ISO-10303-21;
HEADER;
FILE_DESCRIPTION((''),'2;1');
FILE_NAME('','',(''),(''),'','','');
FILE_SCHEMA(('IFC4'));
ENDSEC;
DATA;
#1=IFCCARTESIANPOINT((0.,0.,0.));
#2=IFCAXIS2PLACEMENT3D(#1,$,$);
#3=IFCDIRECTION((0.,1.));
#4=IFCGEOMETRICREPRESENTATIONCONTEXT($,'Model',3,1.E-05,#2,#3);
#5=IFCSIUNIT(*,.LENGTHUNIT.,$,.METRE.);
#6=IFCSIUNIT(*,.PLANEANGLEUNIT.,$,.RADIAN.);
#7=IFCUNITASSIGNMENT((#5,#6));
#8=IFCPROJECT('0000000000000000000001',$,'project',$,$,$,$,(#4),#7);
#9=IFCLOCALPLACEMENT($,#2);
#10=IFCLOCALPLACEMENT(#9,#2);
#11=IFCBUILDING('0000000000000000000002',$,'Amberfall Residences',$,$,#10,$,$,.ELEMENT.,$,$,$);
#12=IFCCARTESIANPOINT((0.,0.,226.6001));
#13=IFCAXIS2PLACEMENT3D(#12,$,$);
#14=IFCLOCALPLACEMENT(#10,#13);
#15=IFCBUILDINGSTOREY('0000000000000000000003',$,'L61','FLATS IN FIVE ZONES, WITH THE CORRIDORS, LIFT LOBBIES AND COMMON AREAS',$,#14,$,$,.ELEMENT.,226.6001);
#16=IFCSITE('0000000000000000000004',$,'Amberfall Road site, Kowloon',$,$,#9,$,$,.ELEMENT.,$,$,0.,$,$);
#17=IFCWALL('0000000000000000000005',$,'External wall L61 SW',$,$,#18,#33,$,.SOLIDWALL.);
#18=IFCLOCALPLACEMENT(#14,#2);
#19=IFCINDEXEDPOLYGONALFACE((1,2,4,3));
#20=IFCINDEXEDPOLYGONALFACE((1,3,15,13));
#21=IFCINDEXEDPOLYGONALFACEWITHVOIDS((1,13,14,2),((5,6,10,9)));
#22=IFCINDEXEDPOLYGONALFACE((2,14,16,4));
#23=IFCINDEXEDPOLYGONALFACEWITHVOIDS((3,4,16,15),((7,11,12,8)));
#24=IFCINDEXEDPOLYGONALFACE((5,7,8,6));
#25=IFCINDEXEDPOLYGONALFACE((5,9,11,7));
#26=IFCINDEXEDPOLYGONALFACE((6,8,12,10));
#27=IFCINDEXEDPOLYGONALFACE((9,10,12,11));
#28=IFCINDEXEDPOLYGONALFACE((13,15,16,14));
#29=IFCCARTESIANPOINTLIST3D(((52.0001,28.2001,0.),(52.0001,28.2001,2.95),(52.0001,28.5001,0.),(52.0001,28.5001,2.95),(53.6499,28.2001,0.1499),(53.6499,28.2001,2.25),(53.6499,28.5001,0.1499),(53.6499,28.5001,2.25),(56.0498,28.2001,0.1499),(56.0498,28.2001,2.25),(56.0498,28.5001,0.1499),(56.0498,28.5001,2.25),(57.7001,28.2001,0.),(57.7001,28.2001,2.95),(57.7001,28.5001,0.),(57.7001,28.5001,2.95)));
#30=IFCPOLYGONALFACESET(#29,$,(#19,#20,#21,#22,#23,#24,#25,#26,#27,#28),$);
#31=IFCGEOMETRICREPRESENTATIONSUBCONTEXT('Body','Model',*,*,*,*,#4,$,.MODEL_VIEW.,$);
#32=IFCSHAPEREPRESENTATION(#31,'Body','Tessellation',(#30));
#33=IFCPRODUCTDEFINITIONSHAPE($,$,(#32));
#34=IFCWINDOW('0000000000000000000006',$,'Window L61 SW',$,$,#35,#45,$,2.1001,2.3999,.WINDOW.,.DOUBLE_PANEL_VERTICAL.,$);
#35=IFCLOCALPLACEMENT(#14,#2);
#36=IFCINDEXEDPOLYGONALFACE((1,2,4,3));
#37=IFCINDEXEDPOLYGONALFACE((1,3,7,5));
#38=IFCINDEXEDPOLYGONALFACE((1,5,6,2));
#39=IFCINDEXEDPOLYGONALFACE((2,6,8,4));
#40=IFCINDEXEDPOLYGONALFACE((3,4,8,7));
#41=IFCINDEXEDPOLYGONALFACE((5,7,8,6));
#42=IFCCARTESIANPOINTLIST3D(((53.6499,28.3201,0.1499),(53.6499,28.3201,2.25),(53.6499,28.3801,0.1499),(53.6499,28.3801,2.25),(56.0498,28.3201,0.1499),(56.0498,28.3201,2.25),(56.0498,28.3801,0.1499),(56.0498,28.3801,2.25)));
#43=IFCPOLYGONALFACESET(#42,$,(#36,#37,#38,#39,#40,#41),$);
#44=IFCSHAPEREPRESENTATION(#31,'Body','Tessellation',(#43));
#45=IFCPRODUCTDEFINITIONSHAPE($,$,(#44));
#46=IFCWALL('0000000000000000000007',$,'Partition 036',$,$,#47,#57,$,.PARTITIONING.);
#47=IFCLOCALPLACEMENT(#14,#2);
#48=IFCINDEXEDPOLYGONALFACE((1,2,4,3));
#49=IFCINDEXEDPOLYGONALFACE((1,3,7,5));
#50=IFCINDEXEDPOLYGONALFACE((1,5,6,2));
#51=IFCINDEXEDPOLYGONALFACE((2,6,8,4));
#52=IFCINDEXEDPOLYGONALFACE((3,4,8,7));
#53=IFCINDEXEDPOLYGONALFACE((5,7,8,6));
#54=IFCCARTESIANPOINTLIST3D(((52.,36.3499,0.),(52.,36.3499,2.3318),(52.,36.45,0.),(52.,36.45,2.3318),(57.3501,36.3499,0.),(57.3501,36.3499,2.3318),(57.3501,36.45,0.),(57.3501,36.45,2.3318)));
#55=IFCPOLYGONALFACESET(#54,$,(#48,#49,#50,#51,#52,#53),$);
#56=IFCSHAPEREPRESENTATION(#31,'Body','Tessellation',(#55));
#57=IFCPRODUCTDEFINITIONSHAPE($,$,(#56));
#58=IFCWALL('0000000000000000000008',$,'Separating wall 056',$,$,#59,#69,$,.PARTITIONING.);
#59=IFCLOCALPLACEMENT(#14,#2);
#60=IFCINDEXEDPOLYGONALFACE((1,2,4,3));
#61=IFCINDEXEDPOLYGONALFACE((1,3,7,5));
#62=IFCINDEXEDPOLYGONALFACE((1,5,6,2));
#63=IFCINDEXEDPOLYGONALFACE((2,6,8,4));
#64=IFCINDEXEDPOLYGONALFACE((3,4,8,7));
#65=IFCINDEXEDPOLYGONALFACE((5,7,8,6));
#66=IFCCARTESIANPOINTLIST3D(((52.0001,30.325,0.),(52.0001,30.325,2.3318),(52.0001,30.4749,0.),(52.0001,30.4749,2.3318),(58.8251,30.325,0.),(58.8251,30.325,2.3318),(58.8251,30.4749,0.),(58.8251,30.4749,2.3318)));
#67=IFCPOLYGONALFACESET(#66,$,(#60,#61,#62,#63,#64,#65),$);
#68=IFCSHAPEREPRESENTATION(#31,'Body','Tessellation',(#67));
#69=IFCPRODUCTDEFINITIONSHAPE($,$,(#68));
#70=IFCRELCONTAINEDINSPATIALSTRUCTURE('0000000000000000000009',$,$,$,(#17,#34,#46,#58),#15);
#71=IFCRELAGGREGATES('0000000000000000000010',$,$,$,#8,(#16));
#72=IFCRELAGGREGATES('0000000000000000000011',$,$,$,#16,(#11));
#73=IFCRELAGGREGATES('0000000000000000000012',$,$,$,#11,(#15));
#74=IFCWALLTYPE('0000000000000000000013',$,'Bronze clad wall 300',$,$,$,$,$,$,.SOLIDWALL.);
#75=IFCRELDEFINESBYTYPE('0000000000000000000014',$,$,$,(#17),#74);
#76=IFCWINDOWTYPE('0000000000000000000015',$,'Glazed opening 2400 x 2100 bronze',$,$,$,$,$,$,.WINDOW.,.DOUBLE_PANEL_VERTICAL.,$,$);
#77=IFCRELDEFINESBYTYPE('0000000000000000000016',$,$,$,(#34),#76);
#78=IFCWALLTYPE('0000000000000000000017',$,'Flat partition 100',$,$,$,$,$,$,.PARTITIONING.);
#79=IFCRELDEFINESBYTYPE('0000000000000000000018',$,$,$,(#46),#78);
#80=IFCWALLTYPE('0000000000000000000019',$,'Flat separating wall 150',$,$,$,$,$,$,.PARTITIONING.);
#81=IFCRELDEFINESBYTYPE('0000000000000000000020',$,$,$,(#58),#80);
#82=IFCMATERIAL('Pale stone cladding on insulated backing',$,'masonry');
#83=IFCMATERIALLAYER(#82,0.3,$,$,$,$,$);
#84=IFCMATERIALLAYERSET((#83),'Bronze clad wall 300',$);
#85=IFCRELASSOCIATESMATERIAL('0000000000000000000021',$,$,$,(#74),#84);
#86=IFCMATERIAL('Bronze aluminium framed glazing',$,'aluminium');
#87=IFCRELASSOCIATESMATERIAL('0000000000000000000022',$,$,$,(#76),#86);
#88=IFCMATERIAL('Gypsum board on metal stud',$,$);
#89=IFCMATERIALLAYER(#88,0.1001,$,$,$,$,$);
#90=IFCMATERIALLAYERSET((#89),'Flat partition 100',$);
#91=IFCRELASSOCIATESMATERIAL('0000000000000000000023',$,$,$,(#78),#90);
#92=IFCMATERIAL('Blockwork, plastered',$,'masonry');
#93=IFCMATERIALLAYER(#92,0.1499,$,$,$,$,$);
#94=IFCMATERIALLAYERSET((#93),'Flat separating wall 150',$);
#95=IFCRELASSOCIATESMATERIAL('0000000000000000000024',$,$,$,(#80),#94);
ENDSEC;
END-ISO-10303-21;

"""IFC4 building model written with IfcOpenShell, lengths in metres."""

from ifc_helpers import new_model, si_unit, direction, frame, frame_2d, origin, place, context, subcontext, project, spatial, rectangle, extrude, material, layer, layer_set, type_object, element, fill, save


model = new_model("IFC4")

# Units and contexts
model_context = context("Model", 3, precision=1e-05, world=origin(), true_north=direction((0.0, 1.0)))
body_context = subcontext(model_context, "Body", "Model", "MODEL_VIEW")
ifc_project = project(units=[si_unit("LENGTHUNIT", "METRE"), si_unit("PLANEANGLEUNIT", "RADIAN")], contexts=[model_context])

# Site, building, storey
site_placement = place(None, origin())
site = spatial("IfcSite", under=ifc_project, at=site_placement, Name="Amberfall Road site, Kowloon", CompositionType="ELEMENT", RefElevation=0.0)
building_placement = place(site_placement, origin())
building = spatial("IfcBuilding", under=site, at=building_placement, Name="Amberfall Residences", CompositionType="ELEMENT")
storey_placement = place(building_placement, frame((0.0, 0.0, 226.6001)))
storey = spatial("IfcBuildingStorey", under=building, at=storey_placement, Name="L61", Description="FLATS IN FIVE ZONES, WITH THE CORRIDORS, LIFT LOBBIES AND COMMON AREAS", CompositionType="ELEMENT", Elevation=226.6001)

# Wall, opening, window
ifc_material_1 = material(Name="Pale stone cladding on insulated backing", Category="masonry")
ifc_layer_1 = layer(ifc_material_1, 0.3)
ifc_layer_set_1 = layer_set([ifc_layer_1], Name="Bronze clad wall 300")
wall_type_1 = type_object("IfcWallType", Name="Bronze clad wall 300", PredefinedType="SOLIDWALL", material=ifc_layer_set_1)
wall_1_placement = place(storey_placement, frame((52.0, 28.3501, 0.0), z_axis=(0.0, 0.0, 1.0), x_axis=(1.0, 0.0, 0.0)))
wall_1 = element("IfcWall", 1, at=wall_1_placement, inside=storey, type_object=wall_type_1, Name="External wall L61 SW", PredefinedType="SOLIDWALL", context=body_context, shape_type="SweptSolid", body=[
    extrude(rectangle(XDim=5.7, YDim=0.3, at=frame_2d((2.8501, 0.0))), origin(), (0.0, 0.0, 1.0), 2.95),
])
opening_placement = place(wall_1_placement, frame((1.6499, 0.0, 0.1499)))
opening = element("IfcOpeningElement", 2, at=opening_placement, cuts=wall_1, PredefinedType="OPENING", context=body_context, shape_type="SweptSolid", body=[
    extrude(rectangle(XDim=2.3999, YDim=2.1001, at=frame_2d((1.2, 1.05))), frame((0.0, 0.1599, 0.0), z_axis=(0.0, -1.0, 0.0), x_axis=(1.0, 0.0, 0.0)), (0.0, 0.0, 1.0), 0.3201),
])
ifc_material_2 = material(Name="Bronze aluminium framed glazing", Category="aluminium")
window_type = type_object("IfcWindowType", Name="Glazed opening 2400 x 2100 bronze", PartitioningType="DOUBLE_PANEL_VERTICAL", PredefinedType="WINDOW", material=ifc_material_2)
window_placement = place(opening_placement, origin())
window = element("IfcWindow", 3, at=window_placement, inside=storey, type_object=window_type, Name="Window L61 SW", OverallHeight=2.1001, OverallWidth=2.3999, PartitioningType="DOUBLE_PANEL_VERTICAL", PredefinedType="WINDOW", context=body_context, shape_type="SweptSolid", body=[
    extrude(rectangle(XDim=2.3999, YDim=2.1001, at=frame_2d((1.2, 1.05))), frame((0.0, 0.03, 0.0), z_axis=(0.0, -1.0, 0.0), x_axis=(1.0, 0.0, 0.0)), (0.0, 0.0, 1.0), 0.0601),
])
fill(opening, window)

# Walls
ifc_material_3 = material(Name="Gypsum board on metal stud")
ifc_layer_2 = layer(ifc_material_3, 0.1001)
ifc_layer_set_2 = layer_set([ifc_layer_2], Name="Flat partition 100")
wall_type_2 = type_object("IfcWallType", Name="Flat partition 100", PredefinedType="PARTITIONING", material=ifc_layer_set_2)
wall_2_placement = place(storey_placement, frame((52.0, 36.3999, 0.0), z_axis=(0.0, 0.0, 1.0), x_axis=(1.0, 0.0, 0.0)))
element("IfcWall", 4, at=wall_2_placement, inside=storey, type_object=wall_type_2, Name="Partition 036", PredefinedType="PARTITIONING", context=body_context, shape_type="SweptSolid", body=[
    extrude(rectangle(XDim=5.3501, YDim=0.1001, at=frame_2d((2.675, 0.0))), origin(), (0.0, 0.0, 1.0), 2.3318),
])
ifc_material_4 = material(Name="Blockwork, plastered", Category="masonry")
ifc_layer_3 = layer(ifc_material_4, 0.1499)
ifc_layer_set_3 = layer_set([ifc_layer_3], Name="Flat separating wall 150")
wall_type_3 = type_object("IfcWallType", Name="Flat separating wall 150", PredefinedType="PARTITIONING", material=ifc_layer_set_3)
wall_3_placement = place(storey_placement, frame((52.0, 30.3999, 0.0), z_axis=(0.0, 0.0, 1.0), x_axis=(1.0, 0.0, 0.0)))
element("IfcWall", 5, at=wall_3_placement, inside=storey, type_object=wall_type_3, Name="Separating wall 056", PredefinedType="PARTITIONING", context=body_context, shape_type="SweptSolid", body=[
    extrude(rectangle(XDim=6.825, YDim=0.1499, at=frame_2d((3.4126, 0.0))), origin(), (0.0, 0.0, 1.0), 2.3318),
])

save(model, "model.ifc")
